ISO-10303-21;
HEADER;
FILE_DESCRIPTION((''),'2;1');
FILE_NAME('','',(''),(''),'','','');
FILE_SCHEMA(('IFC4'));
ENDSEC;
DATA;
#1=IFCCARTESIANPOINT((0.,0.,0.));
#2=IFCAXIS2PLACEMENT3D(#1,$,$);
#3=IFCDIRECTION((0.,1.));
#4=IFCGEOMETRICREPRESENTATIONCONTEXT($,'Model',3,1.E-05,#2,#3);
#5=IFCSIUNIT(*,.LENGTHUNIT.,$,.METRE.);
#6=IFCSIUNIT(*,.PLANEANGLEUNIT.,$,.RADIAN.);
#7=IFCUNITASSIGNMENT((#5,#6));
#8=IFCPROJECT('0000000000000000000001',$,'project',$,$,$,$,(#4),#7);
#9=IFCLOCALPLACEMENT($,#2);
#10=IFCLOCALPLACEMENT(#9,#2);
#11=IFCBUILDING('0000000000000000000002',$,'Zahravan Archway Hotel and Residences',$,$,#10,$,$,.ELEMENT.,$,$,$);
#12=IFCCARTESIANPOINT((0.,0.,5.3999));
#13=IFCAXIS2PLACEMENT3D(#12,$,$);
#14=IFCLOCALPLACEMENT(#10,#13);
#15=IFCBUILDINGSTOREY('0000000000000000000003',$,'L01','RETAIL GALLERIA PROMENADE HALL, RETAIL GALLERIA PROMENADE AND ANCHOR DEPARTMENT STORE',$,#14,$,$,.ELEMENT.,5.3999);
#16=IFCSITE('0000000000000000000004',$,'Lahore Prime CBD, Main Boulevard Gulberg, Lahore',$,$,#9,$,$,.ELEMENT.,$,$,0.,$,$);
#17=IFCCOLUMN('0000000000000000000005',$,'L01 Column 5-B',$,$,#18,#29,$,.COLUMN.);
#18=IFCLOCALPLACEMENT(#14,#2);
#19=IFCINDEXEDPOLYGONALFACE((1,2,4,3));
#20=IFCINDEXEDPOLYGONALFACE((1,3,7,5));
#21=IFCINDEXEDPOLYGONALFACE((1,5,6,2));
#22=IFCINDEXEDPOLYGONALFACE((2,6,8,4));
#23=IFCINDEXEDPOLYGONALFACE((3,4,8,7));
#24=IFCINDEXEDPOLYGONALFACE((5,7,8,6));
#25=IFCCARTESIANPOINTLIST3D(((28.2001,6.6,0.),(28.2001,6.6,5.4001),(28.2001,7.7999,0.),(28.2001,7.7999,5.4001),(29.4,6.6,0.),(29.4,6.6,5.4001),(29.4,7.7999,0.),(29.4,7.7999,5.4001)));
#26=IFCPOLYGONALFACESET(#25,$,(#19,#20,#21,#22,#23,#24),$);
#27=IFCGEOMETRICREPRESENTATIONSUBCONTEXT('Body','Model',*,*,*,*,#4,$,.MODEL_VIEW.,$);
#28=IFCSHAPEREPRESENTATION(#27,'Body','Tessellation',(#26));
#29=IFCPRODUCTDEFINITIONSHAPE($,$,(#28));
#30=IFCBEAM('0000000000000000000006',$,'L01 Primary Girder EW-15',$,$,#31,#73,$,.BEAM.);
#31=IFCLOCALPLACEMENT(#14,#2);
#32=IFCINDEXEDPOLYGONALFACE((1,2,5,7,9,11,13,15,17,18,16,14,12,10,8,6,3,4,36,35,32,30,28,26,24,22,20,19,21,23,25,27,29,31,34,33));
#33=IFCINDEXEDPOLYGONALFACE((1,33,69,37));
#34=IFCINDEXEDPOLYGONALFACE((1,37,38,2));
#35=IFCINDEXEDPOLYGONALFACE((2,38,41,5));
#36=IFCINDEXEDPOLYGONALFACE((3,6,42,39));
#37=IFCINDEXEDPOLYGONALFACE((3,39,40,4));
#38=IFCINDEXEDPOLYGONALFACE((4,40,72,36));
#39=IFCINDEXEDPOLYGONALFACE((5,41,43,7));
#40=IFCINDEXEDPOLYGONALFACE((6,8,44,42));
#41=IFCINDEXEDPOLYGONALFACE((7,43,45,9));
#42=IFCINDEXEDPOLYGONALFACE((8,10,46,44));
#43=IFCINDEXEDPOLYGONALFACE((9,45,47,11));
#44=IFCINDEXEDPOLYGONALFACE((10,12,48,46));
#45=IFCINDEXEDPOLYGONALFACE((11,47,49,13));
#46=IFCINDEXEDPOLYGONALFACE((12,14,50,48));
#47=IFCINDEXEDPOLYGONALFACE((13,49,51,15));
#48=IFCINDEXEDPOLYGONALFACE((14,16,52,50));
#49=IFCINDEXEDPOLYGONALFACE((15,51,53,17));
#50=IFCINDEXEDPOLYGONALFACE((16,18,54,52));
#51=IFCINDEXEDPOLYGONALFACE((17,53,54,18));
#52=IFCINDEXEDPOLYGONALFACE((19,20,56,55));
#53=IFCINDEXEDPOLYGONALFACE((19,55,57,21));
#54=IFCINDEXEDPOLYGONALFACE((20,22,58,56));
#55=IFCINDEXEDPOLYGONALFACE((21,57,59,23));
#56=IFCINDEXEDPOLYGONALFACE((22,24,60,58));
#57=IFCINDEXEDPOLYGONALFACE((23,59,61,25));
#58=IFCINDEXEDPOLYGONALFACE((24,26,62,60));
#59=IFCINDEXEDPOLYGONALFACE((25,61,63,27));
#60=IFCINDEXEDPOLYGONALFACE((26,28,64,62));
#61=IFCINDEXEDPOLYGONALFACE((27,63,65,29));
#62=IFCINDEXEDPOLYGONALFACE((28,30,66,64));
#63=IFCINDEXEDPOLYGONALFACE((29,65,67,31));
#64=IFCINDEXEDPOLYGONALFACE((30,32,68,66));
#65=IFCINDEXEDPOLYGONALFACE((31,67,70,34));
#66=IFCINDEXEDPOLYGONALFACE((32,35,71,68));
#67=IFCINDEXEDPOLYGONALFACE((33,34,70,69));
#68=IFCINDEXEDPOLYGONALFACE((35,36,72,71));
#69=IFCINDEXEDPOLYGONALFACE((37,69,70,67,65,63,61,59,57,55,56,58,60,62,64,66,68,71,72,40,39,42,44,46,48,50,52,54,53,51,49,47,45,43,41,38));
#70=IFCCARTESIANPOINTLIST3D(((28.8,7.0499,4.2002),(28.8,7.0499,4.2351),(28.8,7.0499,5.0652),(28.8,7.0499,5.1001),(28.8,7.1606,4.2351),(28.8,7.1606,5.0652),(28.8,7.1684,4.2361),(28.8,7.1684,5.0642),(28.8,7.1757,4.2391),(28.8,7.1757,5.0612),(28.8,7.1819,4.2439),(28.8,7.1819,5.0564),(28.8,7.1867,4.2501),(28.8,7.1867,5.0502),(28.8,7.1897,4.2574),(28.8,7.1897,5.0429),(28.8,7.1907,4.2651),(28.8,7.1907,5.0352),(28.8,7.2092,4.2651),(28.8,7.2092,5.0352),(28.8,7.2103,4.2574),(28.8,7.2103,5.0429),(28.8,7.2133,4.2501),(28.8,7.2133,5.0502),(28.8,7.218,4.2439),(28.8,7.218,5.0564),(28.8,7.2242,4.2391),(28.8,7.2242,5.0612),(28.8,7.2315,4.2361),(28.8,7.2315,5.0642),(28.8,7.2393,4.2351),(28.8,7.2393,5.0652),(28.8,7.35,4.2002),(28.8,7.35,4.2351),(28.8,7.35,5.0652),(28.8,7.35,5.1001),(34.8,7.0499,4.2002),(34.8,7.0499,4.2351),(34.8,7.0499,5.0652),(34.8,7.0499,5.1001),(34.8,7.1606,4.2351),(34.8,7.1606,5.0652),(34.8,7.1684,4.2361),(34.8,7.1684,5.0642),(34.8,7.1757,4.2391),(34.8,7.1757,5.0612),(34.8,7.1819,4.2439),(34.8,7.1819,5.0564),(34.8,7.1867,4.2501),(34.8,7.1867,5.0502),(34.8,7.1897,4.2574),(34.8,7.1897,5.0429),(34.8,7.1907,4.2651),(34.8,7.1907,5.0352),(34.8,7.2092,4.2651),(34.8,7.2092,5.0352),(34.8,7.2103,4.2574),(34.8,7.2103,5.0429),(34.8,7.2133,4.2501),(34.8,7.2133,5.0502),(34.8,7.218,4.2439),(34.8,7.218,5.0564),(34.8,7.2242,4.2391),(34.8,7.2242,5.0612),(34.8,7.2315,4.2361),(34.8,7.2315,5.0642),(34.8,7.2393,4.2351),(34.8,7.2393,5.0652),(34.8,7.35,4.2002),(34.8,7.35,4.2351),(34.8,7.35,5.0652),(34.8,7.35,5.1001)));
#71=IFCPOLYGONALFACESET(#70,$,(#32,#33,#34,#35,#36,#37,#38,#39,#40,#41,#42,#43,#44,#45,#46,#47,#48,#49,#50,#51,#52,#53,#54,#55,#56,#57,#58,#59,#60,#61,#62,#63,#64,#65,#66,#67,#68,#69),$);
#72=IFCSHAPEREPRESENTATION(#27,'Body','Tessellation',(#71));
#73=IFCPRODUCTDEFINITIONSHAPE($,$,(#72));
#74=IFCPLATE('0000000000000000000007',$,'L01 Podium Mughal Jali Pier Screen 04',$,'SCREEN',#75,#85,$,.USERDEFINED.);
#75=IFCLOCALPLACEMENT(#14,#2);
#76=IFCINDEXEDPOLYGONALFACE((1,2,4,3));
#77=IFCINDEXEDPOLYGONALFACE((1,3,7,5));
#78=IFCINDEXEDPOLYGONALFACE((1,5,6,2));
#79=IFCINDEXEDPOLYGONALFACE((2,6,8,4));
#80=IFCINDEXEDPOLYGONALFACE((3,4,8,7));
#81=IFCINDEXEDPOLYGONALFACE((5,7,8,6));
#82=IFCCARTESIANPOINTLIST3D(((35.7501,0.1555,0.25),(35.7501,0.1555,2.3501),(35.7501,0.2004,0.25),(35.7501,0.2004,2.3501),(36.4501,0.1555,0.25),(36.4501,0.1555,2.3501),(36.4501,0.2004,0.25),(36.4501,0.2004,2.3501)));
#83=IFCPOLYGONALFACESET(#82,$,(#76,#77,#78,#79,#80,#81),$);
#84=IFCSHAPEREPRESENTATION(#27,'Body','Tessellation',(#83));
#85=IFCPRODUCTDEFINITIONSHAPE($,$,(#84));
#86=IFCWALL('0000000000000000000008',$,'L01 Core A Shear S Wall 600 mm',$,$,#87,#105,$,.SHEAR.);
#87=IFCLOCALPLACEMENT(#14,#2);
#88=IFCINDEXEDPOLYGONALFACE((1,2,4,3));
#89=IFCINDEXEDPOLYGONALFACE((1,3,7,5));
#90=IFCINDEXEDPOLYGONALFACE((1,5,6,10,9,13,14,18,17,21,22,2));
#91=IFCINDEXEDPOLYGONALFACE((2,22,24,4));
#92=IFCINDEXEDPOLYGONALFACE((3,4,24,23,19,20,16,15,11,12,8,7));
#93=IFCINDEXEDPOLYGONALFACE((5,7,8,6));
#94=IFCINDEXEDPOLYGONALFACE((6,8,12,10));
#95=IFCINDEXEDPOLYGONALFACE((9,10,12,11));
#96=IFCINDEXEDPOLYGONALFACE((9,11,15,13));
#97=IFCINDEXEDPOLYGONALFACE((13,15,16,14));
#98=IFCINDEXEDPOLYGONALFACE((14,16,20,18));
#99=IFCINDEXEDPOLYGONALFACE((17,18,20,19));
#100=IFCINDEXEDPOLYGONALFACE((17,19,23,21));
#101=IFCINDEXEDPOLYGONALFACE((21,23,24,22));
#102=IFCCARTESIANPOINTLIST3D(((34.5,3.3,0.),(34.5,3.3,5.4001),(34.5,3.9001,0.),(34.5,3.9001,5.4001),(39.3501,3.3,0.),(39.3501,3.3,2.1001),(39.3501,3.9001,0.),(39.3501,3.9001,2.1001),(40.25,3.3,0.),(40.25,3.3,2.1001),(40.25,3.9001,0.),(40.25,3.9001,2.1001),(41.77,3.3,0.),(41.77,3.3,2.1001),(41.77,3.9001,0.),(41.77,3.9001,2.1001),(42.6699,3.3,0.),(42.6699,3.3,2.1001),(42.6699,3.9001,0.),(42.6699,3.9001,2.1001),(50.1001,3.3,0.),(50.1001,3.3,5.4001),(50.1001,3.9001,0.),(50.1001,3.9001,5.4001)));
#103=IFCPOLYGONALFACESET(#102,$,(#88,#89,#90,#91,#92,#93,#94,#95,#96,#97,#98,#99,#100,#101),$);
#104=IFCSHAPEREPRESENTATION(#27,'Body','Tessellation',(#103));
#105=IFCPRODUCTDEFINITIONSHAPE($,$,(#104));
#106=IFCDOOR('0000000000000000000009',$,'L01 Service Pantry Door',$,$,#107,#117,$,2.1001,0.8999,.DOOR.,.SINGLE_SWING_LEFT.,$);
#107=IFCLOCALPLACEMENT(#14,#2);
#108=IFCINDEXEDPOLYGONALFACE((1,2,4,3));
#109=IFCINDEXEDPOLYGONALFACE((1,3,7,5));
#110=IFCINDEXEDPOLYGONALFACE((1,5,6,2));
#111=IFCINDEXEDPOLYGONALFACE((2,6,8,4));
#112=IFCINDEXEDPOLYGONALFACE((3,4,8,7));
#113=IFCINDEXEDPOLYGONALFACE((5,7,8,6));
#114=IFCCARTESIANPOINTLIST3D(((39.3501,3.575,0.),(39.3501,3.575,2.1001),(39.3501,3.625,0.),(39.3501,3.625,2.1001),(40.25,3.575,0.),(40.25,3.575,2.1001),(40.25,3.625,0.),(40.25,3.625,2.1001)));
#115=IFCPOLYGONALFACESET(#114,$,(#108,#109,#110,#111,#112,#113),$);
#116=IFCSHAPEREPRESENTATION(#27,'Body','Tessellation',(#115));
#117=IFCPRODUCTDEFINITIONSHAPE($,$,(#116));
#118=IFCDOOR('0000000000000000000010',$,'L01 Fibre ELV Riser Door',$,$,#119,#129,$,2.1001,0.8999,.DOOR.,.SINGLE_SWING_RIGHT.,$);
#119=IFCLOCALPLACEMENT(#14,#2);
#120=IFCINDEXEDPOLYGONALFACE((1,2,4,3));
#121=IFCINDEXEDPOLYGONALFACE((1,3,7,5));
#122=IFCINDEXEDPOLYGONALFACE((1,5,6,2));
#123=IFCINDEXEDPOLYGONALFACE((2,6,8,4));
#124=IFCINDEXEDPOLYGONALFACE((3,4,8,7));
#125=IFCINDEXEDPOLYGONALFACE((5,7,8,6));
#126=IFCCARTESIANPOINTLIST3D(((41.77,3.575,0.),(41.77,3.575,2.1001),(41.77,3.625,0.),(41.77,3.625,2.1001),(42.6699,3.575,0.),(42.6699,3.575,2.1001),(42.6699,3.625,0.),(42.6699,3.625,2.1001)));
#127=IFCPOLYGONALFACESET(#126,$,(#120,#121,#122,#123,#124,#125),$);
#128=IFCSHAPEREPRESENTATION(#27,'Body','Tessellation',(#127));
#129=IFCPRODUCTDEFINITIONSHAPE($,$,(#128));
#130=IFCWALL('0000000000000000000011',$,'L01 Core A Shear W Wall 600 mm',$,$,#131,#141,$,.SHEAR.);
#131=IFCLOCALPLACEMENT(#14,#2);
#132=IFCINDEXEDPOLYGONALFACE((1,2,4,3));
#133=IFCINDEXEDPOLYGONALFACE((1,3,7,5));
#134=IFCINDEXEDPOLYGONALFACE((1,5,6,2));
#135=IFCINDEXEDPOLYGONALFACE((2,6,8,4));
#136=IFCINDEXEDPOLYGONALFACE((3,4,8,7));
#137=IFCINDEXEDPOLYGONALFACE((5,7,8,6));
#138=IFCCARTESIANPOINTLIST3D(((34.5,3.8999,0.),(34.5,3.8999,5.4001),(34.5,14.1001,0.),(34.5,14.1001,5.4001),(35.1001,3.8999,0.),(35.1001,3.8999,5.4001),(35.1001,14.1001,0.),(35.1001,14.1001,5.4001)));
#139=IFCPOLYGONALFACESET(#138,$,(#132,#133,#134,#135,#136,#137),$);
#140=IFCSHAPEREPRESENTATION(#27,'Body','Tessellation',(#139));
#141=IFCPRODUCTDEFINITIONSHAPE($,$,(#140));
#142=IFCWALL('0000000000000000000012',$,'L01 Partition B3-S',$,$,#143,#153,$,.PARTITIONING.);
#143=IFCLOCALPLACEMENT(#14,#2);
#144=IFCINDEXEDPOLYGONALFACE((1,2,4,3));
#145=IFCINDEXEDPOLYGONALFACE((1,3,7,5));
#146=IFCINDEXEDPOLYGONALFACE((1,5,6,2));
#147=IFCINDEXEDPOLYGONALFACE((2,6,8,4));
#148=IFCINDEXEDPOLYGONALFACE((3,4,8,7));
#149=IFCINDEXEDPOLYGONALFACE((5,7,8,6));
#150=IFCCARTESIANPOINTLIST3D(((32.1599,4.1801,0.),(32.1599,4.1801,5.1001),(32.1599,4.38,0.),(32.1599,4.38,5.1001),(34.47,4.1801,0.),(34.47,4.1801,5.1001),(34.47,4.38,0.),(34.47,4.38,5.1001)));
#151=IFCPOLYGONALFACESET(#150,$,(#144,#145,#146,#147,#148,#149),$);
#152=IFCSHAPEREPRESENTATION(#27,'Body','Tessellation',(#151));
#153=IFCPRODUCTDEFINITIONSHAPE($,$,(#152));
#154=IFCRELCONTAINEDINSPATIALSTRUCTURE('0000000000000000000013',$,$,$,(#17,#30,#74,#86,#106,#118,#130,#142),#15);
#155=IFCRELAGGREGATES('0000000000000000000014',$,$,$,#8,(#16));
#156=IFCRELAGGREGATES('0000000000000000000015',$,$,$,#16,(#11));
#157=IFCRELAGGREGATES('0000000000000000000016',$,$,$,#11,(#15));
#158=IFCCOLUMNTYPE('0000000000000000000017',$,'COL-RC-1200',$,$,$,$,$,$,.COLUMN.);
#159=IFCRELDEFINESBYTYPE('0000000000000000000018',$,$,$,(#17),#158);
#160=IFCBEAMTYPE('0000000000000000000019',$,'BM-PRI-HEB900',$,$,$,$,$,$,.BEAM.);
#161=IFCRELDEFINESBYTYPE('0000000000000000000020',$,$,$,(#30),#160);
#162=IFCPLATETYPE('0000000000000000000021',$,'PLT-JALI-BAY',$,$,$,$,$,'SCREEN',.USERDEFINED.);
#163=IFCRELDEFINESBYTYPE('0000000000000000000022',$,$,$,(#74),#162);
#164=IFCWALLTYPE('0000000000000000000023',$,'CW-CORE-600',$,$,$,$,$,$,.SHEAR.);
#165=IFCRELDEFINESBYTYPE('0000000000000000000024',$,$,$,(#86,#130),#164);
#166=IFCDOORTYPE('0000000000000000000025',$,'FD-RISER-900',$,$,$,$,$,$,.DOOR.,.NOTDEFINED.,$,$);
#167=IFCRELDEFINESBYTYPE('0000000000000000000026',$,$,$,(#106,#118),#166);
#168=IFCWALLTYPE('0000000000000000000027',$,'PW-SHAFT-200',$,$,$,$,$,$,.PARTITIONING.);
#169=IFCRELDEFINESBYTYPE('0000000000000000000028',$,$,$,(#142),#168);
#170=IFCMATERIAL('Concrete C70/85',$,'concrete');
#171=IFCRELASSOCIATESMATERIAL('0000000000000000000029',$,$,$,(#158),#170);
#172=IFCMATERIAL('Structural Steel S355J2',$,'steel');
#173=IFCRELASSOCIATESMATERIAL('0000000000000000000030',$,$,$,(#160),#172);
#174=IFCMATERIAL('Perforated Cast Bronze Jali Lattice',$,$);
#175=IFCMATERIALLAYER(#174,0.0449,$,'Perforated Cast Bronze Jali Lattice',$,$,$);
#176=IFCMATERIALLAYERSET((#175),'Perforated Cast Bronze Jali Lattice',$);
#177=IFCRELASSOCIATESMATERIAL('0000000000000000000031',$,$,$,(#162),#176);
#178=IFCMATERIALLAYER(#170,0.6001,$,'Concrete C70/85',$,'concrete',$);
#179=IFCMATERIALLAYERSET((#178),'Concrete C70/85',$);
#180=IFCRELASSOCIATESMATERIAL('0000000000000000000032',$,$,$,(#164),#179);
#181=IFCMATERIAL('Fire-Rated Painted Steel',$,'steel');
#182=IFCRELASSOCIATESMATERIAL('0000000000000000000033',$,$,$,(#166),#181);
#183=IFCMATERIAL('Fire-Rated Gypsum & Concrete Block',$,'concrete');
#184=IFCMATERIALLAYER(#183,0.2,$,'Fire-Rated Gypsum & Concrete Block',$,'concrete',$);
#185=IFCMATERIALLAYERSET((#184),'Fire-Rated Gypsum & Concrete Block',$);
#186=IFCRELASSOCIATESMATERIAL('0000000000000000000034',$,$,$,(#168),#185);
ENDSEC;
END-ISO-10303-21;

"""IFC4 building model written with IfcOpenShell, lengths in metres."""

from ifc_helpers import new_model, si_unit, direction, frame, frame_2d, origin, origin_2d, place, context, subcontext, project, spatial, rectangle, i_section, extrude, source, transform, mapped, material, layer, layer_set, material_profile, profile_set, type_object, type_shapes, element, fill, save


model = new_model("IFC4")

# Units and contexts
model_context = context("Model", 3, precision=1e-05, world=origin(), true_north=direction((0.0, 1.0)))
body_context = subcontext(model_context, "Body", "Model", "MODEL_VIEW")
ifc_project = project(units=[si_unit("LENGTHUNIT", "METRE"), si_unit("PLANEANGLEUNIT", "RADIAN")], contexts=[model_context])

# Site, building, storey
site_placement = place(None, origin())
site = spatial("IfcSite", under=ifc_project, at=site_placement, Name="Lahore Prime CBD, Main Boulevard Gulberg, Lahore", CompositionType="ELEMENT", RefElevation=0.0)
building_placement = place(site_placement, origin())
building = spatial("IfcBuilding", under=site, at=building_placement, Name="Zahravan Archway Hotel and Residences", CompositionType="ELEMENT")
storey_placement = place(building_placement, frame((0.0, 0.0, 5.3999)))
storey = spatial("IfcBuildingStorey", under=building, at=storey_placement, Name="L01", Description="RETAIL GALLERIA PROMENADE HALL, RETAIL GALLERIA PROMENADE AND ANCHOR DEPARTMENT STORE", CompositionType="ELEMENT", Elevation=5.3999)

# Column
ifc_material_1 = material(Name="Concrete C70/85", Category="concrete")
ifc_material_profile_1 = material_profile(ifc_material_1, rectangle(XDim=1.2, YDim=1.2, at=origin_2d()), Name="RC-COL-1200x1200", Category="concrete")
ifc_profile_set_1 = profile_set([ifc_material_profile_1], Name="Concrete C70/85")
column_type = type_object("IfcColumnType", Name="COL-RC-1200", PredefinedType="COLUMN", material=ifc_profile_set_1)
shared_shape_1 = source(origin(), body_context, "Body", "SweptSolid", [
    extrude(rectangle(XDim=1.2, YDim=1.2, at=origin_2d()), origin(), (0.0, 0.0, 1.0), 5.4001),
])
column_placement = place(storey_placement, frame((28.8, 7.2, 0.0), z_axis=(0.0, 0.0, 1.0), x_axis=(1.0, 0.0, 0.0)))
element("IfcColumn", 1, at=column_placement, inside=storey, type_object=column_type, Name="L01 Column 5-B", PredefinedType="COLUMN", context=body_context, shape_type="MappedRepresentation", body=[
    mapped(shared_shape_1, transform((0.0, 0.0, 0.0), scale=1.0)),
])

# Beam
ifc_material_2 = material(Name="Structural Steel S355J2", Category="steel")
ifc_material_profile_2 = material_profile(ifc_material_2, i_section(OverallWidth=0.3, OverallDepth=0.8999, WebThickness=0.0186, FlangeThickness=0.0349, FilletRadius=0.03, at=origin_2d()), Name="HEB 900", Category="steel")
ifc_profile_set_2 = profile_set([ifc_material_profile_2], Name="Structural Steel S355J2")
beam_type = type_object("IfcBeamType", Name="BM-PRI-HEB900", PredefinedType="BEAM", material=ifc_profile_set_2)
shared_shape_2 = source(origin(), body_context, "Body", "SweptSolid", [
    extrude(i_section(OverallWidth=0.3, OverallDepth=0.8999, WebThickness=0.0186, FlangeThickness=0.0349, FilletRadius=0.03, at=origin_2d()), origin(), (0.0, 0.0, 1.0), 6.0),
])
beam_placement = place(storey_placement, frame((28.8, 7.2, 4.6501), z_axis=(1.0, 0.0, 0.0), x_axis=(0.0, 1.0, 0.0)))
element("IfcBeam", 2, at=beam_placement, inside=storey, type_object=beam_type, Name="L01 Primary Girder EW-15", PredefinedType="BEAM", context=body_context, shape_type="MappedRepresentation", body=[
    mapped(shared_shape_2, transform((0.0, 0.0, 0.0), scale=1.0)),
])

# Plate
ifc_material_3 = material(Name="Perforated Cast Bronze Jali Lattice")
ifc_layer_1 = layer(ifc_material_3, 0.0449, Name="Perforated Cast Bronze Jali Lattice")
ifc_layer_set_1 = layer_set([ifc_layer_1], Name="Perforated Cast Bronze Jali Lattice")
plate_type = type_object("IfcPlateType", Name="PLT-JALI-BAY", ElementType="SCREEN", PredefinedType="USERDEFINED", material=ifc_layer_set_1)
shared_shape_3 = source(origin(), body_context, "Body", "SweptSolid", [
    extrude(rectangle(XDim=0.7, YDim=0.0449, at=origin_2d()), origin(), (0.0, 0.0, 1.0), 2.1001),
])
type_shapes(plate_type, [shared_shape_3])
plate_placement = place(storey_placement, frame((36.1001, 0.178, 0.25), z_axis=(0.0, 0.0, 1.0), x_axis=(1.0, 0.0, 0.0)))
element("IfcPlate", 3, at=plate_placement, inside=storey, type_object=plate_type, Name="L01 Podium Mughal Jali Pier Screen 04", ObjectType="SCREEN", PredefinedType="USERDEFINED", context=body_context, shape_type="MappedRepresentation", body=[
    mapped(shared_shape_3, transform((0.0, 0.0, 0.0), scale=1.0)),
])

# Wall, openings, doors
ifc_layer_2 = layer(ifc_material_1, 0.6001, Name="Concrete C70/85", Category="concrete")
ifc_layer_set_2 = layer_set([ifc_layer_2], Name="Concrete C70/85")
wall_type_1 = type_object("IfcWallType", Name="CW-CORE-600", PredefinedType="SHEAR", material=ifc_layer_set_2)
wall_1_placement = place(storey_placement, frame((34.5, 3.6001, 0.0), z_axis=(0.0, 0.0, 1.0), x_axis=(1.0, 0.0, 0.0)))
wall_1 = element("IfcWall", 4, at=wall_1_placement, inside=storey, type_object=wall_type_1, Name="L01 Core A Shear S Wall 600 mm", PredefinedType="SHEAR", context=body_context, shape_type="SweptSolid", body=[
    extrude(rectangle(XDim=15.6001, YDim=0.6001, at=frame_2d((7.8, 0.0))), origin(), (0.0, 0.0, 1.0), 5.4001),
])
opening_1_placement = place(wall_1_placement, frame((4.8501, 0.0, 0.0)))
opening_1 = element("IfcOpeningElement", 5, at=opening_1_placement, cuts=wall_1, PredefinedType="OPENING", context=body_context, shape_type="SweptSolid", body=[
    extrude(rectangle(XDim=0.8999, YDim=2.1001, at=frame_2d((0.45, 1.05))), frame((0.0, 0.3101, 0.0), z_axis=(0.0, -1.0, 0.0), x_axis=(1.0, 0.0, 0.0)), (0.0, 0.0, 1.0), 0.6201),
])
opening_2_placement = place(wall_1_placement, frame((7.27, 0.0, 0.0)))
opening_2 = element("IfcOpeningElement", 6, at=opening_2_placement, cuts=wall_1, PredefinedType="OPENING", context=body_context, shape_type="SweptSolid", body=[
    extrude(rectangle(XDim=0.8999, YDim=2.1001, at=frame_2d((0.45, 1.05))), frame((0.0, 0.3101, 0.0), z_axis=(0.0, -1.0, 0.0), x_axis=(1.0, 0.0, 0.0)), (0.0, 0.0, 1.0), 0.6201),
])
ifc_material_4 = material(Name="Fire-Rated Painted Steel", Category="steel")
door_type_1 = type_object("IfcDoorType", Name="FD-RISER-900", OperationType="NOTDEFINED", PredefinedType="DOOR", material=ifc_material_4)
shared_shape_4 = source(origin(), body_context, "Body", "SweptSolid", [
    extrude(rectangle(XDim=0.8999, YDim=2.1001, at=frame_2d((0.45, 1.05))), frame((0.0, 0.0249, 0.0), z_axis=(0.0, -1.0, 0.0), x_axis=(1.0, 0.0, 0.0)), (0.0, 0.0, 1.0), 0.05),
])
type_shapes(door_type_1, [shared_shape_4])
door_1_placement = place(opening_1_placement, origin())
door_1 = element("IfcDoor", 7, at=door_1_placement, inside=storey, type_object=door_type_1, Name="L01 Service Pantry Door", OperationType="SINGLE_SWING_LEFT", OverallHeight=2.1001, OverallWidth=0.8999, PredefinedType="DOOR", context=body_context, shape_type="MappedRepresentation", body=[
    mapped(shared_shape_4, transform((0.0, 0.0, 0.0), scale=1.0)),
])
fill(opening_1, door_1)
door_2_placement = place(opening_2_placement, origin())
door_2 = element("IfcDoor", 8, at=door_2_placement, inside=storey, type_object=door_type_1, Name="L01 Fibre ELV Riser Door", OperationType="SINGLE_SWING_RIGHT", OverallHeight=2.1001, OverallWidth=0.8999, PredefinedType="DOOR", context=body_context, shape_type="MappedRepresentation", body=[
    mapped(shared_shape_4, transform((0.0, 0.0, 0.0), scale=1.0)),
])
fill(opening_2, door_2)

# Wall
wall_2_placement = place(storey_placement, frame((34.8, 3.8999, 0.0), z_axis=(0.0, 0.0, 1.0), x_axis=(0.0, 1.0, 0.0)))
element("IfcWall", 9, at=wall_2_placement, inside=storey, type_object=wall_type_1, Name="L01 Core A Shear W Wall 600 mm", PredefinedType="SHEAR", context=body_context, shape_type="SweptSolid", body=[
    extrude(rectangle(XDim=10.2002, YDim=0.6001, at=frame_2d((5.1001, 0.0))), origin(), (0.0, 0.0, 1.0), 5.4001),
])

# Shared definitions
ifc_material_5 = material(Name="Fire-Rated Gypsum & Concrete Block", Category="concrete")

# Wall
ifc_layer_3 = layer(ifc_material_5, 0.2, Name="Fire-Rated Gypsum & Concrete Block", Category="concrete")
ifc_layer_set_3 = layer_set([ifc_layer_3], Name="Fire-Rated Gypsum & Concrete Block")
wall_type_2 = type_object("IfcWallType", Name="PW-SHAFT-200", PredefinedType="PARTITIONING", material=ifc_layer_set_3)
wall_3_placement = place(storey_placement, frame((32.1599, 4.28, 0.0), z_axis=(0.0, 0.0, 1.0), x_axis=(1.0, 0.0, 0.0)))
element("IfcWall", 10, at=wall_3_placement, inside=storey, type_object=wall_type_2, Name="L01 Partition B3-S", PredefinedType="PARTITIONING", context=body_context, shape_type="SweptSolid", body=[
    extrude(rectangle(XDim=2.3101, YDim=0.2, at=frame_2d((1.155, 0.0))), origin(), (0.0, 0.0, 1.0), 5.1001),
])

save(model, "model.ifc")
